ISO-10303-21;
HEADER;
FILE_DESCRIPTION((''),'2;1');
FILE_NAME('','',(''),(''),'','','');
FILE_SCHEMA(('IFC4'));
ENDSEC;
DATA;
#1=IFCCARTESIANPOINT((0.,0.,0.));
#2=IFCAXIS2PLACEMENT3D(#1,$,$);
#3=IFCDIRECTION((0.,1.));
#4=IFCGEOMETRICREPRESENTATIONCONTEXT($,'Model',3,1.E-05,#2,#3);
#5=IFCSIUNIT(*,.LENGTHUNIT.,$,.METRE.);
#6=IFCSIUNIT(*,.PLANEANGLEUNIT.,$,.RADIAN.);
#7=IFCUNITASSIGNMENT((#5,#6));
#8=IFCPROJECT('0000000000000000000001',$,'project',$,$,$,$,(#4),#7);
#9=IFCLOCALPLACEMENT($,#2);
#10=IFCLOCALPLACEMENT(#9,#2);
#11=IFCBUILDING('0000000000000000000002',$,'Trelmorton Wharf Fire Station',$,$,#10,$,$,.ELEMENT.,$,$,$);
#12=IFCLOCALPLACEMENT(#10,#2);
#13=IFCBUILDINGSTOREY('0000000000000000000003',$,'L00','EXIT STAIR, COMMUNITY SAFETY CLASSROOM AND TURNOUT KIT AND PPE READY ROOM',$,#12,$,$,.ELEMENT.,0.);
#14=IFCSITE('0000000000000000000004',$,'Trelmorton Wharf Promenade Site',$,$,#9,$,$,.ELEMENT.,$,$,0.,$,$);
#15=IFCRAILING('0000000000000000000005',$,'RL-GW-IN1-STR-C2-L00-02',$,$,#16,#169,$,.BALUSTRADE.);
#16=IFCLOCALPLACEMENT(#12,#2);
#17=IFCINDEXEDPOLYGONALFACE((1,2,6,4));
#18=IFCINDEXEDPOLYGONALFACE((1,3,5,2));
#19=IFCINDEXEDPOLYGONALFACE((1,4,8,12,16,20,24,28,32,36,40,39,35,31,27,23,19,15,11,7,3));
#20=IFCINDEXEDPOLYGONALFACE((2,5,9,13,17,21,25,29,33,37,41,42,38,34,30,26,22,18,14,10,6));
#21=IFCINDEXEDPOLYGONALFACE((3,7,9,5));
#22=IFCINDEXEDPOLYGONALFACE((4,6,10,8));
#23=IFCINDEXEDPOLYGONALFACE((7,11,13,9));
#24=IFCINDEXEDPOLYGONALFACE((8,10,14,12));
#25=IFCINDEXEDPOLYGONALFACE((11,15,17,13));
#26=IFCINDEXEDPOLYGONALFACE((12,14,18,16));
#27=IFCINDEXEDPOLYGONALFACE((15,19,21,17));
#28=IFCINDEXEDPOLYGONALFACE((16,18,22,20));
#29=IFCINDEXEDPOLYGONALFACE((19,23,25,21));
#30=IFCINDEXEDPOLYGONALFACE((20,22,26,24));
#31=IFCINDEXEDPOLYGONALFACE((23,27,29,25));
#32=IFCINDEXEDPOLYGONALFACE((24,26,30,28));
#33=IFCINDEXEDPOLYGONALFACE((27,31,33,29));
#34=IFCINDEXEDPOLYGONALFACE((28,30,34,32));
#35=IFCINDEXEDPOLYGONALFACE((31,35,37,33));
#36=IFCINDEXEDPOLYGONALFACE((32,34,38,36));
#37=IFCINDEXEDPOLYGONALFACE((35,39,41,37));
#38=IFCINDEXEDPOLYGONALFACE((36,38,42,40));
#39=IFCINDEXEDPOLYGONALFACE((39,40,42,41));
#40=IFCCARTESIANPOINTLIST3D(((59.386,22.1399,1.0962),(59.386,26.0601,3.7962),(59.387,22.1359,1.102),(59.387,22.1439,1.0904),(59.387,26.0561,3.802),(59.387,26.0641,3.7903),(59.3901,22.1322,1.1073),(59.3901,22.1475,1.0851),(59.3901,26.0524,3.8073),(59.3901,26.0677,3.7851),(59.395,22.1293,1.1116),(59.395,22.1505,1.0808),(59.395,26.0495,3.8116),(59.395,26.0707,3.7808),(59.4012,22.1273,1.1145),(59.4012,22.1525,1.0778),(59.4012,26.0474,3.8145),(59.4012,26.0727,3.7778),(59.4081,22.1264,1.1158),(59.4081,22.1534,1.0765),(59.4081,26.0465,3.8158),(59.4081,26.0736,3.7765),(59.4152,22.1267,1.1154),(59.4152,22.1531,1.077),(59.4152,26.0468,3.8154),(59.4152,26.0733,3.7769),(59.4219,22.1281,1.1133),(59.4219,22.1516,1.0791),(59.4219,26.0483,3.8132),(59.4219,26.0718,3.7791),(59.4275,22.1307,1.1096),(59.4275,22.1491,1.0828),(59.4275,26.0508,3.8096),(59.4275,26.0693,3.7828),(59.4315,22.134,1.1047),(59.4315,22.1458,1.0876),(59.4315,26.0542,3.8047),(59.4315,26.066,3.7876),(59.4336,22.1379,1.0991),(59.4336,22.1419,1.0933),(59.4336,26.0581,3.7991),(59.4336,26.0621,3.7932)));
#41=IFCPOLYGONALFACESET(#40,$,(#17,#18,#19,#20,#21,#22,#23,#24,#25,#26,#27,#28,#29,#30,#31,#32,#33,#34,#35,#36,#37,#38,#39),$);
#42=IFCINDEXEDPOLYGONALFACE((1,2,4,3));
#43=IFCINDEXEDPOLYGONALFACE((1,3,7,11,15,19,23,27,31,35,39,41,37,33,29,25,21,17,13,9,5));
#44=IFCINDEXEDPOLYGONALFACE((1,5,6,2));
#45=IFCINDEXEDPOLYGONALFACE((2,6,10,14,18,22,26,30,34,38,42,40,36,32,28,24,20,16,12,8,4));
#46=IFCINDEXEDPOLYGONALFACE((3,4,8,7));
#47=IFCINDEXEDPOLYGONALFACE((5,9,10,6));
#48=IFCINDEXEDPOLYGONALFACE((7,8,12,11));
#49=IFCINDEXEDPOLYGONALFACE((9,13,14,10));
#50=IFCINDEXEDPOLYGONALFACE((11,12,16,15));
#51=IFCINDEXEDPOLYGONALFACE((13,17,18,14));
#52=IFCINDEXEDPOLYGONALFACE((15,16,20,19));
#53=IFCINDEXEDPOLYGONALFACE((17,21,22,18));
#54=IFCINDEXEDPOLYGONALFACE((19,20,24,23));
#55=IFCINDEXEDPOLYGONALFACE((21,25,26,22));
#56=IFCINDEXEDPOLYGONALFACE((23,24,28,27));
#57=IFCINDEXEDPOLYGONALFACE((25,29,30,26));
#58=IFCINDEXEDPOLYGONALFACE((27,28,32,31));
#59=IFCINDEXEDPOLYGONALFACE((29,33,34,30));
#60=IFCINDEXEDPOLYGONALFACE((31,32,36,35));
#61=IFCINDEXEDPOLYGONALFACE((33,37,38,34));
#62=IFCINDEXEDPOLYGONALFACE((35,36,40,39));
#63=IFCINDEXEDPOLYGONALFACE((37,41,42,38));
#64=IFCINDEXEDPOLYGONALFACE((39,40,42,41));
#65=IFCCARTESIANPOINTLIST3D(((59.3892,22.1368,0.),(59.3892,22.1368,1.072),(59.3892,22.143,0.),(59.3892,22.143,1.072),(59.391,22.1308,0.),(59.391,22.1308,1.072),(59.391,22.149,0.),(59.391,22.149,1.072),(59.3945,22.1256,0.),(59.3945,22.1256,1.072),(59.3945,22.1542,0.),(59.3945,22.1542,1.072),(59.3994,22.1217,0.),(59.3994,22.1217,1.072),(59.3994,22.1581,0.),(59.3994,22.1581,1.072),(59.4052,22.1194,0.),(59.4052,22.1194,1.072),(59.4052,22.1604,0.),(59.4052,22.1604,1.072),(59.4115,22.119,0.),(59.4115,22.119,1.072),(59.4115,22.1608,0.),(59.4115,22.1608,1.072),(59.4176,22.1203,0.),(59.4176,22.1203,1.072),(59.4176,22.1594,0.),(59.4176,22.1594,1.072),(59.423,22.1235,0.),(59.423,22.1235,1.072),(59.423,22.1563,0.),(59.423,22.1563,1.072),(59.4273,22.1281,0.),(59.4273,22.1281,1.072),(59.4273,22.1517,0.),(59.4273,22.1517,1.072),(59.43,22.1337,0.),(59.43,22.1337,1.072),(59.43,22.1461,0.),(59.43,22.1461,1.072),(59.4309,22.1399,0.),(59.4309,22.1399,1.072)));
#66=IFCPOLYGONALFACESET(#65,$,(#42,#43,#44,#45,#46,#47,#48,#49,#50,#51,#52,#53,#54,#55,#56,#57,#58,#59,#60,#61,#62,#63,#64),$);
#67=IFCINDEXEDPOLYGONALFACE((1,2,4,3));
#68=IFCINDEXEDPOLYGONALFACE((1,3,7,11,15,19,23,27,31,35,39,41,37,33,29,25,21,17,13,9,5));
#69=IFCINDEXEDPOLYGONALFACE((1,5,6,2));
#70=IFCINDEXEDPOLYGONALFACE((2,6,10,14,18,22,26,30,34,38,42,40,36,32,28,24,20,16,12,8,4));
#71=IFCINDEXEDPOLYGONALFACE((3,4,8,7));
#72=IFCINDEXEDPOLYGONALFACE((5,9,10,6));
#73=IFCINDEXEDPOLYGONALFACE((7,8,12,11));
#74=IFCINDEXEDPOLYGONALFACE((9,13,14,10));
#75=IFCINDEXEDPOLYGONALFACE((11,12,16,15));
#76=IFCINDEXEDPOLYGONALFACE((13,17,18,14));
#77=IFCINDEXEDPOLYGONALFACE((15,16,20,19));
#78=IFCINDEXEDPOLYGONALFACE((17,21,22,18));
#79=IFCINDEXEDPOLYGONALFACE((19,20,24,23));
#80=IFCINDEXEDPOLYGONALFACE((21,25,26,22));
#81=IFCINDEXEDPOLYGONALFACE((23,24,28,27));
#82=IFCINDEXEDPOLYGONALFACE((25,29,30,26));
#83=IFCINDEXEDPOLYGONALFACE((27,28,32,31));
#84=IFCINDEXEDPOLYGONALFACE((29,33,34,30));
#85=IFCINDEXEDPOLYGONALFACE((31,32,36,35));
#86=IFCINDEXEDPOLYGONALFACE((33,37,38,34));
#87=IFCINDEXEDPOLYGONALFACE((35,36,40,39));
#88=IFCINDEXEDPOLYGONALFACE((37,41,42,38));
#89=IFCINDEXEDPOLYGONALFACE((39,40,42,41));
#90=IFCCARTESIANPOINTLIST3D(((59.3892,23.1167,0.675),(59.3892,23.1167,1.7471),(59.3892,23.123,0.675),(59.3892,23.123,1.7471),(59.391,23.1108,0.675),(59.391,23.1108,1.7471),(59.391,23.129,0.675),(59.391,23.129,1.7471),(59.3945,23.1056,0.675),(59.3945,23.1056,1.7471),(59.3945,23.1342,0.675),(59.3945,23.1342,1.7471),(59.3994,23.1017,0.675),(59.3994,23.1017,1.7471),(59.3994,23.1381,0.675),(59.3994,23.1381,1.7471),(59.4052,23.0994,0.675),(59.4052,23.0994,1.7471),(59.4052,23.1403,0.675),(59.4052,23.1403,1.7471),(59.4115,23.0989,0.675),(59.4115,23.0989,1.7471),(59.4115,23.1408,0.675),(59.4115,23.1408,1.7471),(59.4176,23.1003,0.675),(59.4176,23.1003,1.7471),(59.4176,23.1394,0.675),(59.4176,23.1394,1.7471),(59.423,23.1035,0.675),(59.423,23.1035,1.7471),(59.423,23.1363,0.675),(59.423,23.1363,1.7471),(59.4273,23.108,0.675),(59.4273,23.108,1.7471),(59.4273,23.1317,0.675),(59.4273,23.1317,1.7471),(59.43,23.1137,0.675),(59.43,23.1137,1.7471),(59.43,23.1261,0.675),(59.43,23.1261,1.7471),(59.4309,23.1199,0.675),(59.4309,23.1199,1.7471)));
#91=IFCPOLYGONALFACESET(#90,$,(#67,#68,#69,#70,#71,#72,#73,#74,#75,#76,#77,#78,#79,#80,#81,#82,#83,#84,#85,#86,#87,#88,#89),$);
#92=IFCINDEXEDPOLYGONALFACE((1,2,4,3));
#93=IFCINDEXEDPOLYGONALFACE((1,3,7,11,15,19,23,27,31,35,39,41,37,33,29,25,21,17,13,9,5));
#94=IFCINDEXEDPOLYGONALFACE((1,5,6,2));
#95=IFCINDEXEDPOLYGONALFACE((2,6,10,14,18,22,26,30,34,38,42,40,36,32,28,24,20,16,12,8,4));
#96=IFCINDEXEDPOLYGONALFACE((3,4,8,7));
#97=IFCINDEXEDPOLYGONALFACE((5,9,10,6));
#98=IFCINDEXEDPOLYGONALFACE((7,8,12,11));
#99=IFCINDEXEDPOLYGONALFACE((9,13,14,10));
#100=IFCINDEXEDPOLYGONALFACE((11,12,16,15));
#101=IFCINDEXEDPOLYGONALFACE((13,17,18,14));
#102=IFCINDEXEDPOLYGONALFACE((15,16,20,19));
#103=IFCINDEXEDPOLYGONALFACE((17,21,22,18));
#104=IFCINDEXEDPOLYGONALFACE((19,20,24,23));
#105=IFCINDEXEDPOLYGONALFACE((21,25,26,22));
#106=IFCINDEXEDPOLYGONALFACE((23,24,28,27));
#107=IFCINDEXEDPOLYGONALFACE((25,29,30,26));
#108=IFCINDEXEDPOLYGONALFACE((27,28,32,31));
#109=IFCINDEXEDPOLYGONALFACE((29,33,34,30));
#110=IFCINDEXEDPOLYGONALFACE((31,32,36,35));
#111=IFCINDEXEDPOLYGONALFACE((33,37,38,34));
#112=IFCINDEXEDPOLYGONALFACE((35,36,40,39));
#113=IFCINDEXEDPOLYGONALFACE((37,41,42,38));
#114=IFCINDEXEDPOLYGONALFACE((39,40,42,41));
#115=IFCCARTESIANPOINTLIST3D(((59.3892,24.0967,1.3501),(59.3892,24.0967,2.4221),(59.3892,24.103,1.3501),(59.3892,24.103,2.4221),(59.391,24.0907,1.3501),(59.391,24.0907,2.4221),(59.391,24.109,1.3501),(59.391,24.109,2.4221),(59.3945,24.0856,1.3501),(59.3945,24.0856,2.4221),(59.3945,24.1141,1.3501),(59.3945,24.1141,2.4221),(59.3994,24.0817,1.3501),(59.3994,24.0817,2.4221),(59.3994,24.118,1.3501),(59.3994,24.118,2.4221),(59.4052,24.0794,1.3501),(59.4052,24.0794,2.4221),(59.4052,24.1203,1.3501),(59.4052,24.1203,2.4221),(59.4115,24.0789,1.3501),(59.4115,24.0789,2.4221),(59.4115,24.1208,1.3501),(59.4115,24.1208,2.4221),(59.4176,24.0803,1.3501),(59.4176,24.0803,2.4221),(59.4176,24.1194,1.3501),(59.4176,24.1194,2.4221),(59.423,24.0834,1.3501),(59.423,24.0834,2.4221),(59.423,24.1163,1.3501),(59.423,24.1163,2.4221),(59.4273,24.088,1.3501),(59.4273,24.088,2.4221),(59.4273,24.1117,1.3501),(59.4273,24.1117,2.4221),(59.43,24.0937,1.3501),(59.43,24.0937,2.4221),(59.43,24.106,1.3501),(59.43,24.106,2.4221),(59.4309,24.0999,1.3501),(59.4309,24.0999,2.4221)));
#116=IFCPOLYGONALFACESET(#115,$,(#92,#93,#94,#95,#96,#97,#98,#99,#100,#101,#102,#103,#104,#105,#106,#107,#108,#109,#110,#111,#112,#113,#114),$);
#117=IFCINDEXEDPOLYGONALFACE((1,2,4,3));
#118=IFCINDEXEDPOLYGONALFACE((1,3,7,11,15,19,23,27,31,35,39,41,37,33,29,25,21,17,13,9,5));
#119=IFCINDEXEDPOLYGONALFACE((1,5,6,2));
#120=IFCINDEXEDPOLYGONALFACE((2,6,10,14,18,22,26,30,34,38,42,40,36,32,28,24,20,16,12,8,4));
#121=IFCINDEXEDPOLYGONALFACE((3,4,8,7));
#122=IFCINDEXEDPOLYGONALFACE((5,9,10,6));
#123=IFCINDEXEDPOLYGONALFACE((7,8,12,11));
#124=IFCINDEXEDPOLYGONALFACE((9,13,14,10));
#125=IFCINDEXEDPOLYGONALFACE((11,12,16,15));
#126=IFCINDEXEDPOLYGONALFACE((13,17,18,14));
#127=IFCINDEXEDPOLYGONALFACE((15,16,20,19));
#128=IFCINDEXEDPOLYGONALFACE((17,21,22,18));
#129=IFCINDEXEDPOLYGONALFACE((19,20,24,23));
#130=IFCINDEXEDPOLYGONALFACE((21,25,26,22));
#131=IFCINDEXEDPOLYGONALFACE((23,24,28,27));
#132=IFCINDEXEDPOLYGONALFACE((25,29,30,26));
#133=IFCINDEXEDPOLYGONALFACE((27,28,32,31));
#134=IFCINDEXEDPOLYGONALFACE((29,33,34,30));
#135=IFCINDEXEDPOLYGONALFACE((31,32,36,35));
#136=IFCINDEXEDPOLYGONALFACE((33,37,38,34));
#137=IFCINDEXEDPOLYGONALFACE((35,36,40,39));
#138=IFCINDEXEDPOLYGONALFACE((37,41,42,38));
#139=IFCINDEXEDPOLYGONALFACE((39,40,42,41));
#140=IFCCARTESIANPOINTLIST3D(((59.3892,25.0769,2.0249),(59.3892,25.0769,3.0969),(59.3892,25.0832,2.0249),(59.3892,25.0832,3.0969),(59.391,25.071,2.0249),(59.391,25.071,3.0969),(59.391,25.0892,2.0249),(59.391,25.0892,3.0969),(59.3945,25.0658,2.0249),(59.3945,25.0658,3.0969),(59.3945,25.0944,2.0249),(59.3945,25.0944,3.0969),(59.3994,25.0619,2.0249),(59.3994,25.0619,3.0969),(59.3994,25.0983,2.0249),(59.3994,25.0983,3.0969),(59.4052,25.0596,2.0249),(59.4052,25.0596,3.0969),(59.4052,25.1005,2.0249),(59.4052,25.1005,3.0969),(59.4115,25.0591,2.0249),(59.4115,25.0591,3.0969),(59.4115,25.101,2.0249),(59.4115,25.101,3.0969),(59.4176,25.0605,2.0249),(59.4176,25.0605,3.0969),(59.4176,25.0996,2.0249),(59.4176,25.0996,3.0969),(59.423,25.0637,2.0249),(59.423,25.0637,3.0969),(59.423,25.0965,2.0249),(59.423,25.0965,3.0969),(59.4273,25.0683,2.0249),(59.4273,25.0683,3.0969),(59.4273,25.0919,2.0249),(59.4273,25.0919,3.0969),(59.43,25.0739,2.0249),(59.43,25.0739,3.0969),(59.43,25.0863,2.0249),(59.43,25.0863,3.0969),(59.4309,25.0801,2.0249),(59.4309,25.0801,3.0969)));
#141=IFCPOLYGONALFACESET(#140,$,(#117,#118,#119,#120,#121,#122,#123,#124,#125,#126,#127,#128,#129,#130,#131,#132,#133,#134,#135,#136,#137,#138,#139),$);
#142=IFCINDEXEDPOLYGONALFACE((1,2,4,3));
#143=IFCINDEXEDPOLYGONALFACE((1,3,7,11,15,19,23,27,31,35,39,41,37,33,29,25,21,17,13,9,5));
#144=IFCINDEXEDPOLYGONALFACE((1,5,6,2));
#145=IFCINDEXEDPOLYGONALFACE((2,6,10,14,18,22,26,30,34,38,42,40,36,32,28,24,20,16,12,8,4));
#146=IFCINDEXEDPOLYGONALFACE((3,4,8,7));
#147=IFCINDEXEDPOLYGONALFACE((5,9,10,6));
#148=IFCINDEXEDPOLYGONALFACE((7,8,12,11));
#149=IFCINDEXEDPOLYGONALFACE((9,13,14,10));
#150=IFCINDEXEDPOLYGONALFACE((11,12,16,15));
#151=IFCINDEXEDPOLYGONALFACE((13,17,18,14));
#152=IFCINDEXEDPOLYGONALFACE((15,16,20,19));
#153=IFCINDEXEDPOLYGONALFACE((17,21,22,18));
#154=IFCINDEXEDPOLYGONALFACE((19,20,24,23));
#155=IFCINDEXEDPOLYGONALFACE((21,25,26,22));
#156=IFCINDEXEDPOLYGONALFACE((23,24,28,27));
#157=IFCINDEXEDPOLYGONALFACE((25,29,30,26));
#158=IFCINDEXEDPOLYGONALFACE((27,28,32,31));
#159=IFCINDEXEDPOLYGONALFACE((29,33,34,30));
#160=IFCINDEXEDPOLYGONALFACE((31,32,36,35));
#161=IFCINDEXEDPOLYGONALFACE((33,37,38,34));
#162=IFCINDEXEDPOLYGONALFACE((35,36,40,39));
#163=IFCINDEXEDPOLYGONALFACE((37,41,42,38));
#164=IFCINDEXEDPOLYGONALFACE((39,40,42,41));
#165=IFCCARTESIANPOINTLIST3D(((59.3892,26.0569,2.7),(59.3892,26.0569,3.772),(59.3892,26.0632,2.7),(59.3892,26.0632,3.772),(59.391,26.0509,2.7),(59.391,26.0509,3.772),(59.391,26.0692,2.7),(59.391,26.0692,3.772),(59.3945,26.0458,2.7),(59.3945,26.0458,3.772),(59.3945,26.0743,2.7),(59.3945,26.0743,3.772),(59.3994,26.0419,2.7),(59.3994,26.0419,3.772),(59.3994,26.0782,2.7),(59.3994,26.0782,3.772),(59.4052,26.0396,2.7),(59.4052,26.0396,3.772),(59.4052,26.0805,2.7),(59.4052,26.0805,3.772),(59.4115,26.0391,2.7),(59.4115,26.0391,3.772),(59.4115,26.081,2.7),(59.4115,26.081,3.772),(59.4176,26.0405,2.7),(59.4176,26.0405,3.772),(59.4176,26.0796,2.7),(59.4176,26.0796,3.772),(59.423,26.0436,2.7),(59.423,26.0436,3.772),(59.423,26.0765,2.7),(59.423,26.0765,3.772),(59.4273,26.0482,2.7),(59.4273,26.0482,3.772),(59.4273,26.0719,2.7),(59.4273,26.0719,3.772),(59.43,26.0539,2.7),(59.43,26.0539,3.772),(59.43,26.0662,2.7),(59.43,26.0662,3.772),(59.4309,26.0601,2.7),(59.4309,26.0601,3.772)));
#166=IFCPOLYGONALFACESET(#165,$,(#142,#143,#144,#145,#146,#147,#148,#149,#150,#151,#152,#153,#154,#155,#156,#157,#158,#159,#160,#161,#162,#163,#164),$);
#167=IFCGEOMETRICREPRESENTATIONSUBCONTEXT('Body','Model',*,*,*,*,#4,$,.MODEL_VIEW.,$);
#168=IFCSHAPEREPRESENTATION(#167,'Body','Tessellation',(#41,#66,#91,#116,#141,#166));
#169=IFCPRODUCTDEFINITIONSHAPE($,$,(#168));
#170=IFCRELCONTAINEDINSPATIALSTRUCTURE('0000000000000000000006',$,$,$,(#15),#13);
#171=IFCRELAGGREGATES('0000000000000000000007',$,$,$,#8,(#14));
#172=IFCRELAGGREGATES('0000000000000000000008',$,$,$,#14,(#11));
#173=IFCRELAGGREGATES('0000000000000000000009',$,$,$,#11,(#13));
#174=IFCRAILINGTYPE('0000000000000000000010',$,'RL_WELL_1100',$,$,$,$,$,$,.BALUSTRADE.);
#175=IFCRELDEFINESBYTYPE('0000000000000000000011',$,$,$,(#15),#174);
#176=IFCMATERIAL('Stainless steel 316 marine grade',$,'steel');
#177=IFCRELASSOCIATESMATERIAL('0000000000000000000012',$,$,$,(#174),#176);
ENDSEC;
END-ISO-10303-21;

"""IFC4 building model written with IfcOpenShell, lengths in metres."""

from ifc_helpers import new_model, si_unit, direction, frame, origin, origin_2d, place, context, subcontext, project, spatial, circle, extrude, material, type_object, element, save


model = new_model("IFC4")

# Units and contexts
model_context = context("Model", 3, precision=1e-05, world=origin(), true_north=direction((0.0, 1.0)))
body_context = subcontext(model_context, "Body", "Model", "MODEL_VIEW")
ifc_project = project(units=[si_unit("LENGTHUNIT", "METRE"), si_unit("PLANEANGLEUNIT", "RADIAN")], contexts=[model_context])

# Site, building, storey
site_placement = place(None, origin())
site = spatial("IfcSite", under=ifc_project, at=site_placement, Name="Trelmorton Wharf Promenade Site", CompositionType="ELEMENT", RefElevation=0.0)
building_placement = place(site_placement, origin())
building = spatial("IfcBuilding", under=site, at=building_placement, Name="Trelmorton Wharf Fire Station", CompositionType="ELEMENT")
storey_placement = place(building_placement, origin())
storey = spatial("IfcBuildingStorey", under=building, at=storey_placement, Name="L00", Description="EXIT STAIR, COMMUNITY SAFETY CLASSROOM AND TURNOUT KIT AND PPE READY ROOM", CompositionType="ELEMENT", Elevation=0.0)

# Shared definitions
ifc_material_1 = material(Name="Stainless steel 316 marine grade", Category="steel")

# Railing
railing_type_1 = type_object("IfcRailingType", Name="RL_WELL_1100", PredefinedType="BALUSTRADE", material=ifc_material_1)
railing_1_placement = place(storey_placement, frame((59.4099, 22.1399, 0.0)))
element("IfcRailing", 1, at=railing_1_placement, inside=storey, type_object=railing_type_1, Name="RL-GW-IN1-STR-C2-L00-02", PredefinedType="BALUSTRADE", context=body_context, shape_type="SweptSolid", body=[
    extrude(circle(Radius=0.0239, at=origin_2d()), frame((0.0, 0.0, 1.0962), z_axis=(0.0, 0.823567, 0.567219), x_axis=(-1.0, 0.0, 0.0)), (0.0, 0.0, 1.0), 4.76),
    extrude(circle(Radius=0.021, at=origin_2d()), origin(), (0.0, 0.0, 1.0), 1.072),
    extrude(circle(Radius=0.021, at=origin_2d()), frame((0.0, 0.98, 0.675)), (0.0, 0.0, 1.0), 1.072),
    extrude(circle(Radius=0.021, at=origin_2d()), frame((0.0, 1.96, 1.3501)), (0.0, 0.0, 1.0), 1.072),
    extrude(circle(Radius=0.021, at=origin_2d()), frame((0.0, 2.9402, 2.0249)), (0.0, 0.0, 1.0), 1.072),
    extrude(circle(Radius=0.021, at=origin_2d()), frame((0.0, 3.9202, 2.7)), (0.0, 0.0, 1.0), 1.072),
])

save(model, "model.ifc")
